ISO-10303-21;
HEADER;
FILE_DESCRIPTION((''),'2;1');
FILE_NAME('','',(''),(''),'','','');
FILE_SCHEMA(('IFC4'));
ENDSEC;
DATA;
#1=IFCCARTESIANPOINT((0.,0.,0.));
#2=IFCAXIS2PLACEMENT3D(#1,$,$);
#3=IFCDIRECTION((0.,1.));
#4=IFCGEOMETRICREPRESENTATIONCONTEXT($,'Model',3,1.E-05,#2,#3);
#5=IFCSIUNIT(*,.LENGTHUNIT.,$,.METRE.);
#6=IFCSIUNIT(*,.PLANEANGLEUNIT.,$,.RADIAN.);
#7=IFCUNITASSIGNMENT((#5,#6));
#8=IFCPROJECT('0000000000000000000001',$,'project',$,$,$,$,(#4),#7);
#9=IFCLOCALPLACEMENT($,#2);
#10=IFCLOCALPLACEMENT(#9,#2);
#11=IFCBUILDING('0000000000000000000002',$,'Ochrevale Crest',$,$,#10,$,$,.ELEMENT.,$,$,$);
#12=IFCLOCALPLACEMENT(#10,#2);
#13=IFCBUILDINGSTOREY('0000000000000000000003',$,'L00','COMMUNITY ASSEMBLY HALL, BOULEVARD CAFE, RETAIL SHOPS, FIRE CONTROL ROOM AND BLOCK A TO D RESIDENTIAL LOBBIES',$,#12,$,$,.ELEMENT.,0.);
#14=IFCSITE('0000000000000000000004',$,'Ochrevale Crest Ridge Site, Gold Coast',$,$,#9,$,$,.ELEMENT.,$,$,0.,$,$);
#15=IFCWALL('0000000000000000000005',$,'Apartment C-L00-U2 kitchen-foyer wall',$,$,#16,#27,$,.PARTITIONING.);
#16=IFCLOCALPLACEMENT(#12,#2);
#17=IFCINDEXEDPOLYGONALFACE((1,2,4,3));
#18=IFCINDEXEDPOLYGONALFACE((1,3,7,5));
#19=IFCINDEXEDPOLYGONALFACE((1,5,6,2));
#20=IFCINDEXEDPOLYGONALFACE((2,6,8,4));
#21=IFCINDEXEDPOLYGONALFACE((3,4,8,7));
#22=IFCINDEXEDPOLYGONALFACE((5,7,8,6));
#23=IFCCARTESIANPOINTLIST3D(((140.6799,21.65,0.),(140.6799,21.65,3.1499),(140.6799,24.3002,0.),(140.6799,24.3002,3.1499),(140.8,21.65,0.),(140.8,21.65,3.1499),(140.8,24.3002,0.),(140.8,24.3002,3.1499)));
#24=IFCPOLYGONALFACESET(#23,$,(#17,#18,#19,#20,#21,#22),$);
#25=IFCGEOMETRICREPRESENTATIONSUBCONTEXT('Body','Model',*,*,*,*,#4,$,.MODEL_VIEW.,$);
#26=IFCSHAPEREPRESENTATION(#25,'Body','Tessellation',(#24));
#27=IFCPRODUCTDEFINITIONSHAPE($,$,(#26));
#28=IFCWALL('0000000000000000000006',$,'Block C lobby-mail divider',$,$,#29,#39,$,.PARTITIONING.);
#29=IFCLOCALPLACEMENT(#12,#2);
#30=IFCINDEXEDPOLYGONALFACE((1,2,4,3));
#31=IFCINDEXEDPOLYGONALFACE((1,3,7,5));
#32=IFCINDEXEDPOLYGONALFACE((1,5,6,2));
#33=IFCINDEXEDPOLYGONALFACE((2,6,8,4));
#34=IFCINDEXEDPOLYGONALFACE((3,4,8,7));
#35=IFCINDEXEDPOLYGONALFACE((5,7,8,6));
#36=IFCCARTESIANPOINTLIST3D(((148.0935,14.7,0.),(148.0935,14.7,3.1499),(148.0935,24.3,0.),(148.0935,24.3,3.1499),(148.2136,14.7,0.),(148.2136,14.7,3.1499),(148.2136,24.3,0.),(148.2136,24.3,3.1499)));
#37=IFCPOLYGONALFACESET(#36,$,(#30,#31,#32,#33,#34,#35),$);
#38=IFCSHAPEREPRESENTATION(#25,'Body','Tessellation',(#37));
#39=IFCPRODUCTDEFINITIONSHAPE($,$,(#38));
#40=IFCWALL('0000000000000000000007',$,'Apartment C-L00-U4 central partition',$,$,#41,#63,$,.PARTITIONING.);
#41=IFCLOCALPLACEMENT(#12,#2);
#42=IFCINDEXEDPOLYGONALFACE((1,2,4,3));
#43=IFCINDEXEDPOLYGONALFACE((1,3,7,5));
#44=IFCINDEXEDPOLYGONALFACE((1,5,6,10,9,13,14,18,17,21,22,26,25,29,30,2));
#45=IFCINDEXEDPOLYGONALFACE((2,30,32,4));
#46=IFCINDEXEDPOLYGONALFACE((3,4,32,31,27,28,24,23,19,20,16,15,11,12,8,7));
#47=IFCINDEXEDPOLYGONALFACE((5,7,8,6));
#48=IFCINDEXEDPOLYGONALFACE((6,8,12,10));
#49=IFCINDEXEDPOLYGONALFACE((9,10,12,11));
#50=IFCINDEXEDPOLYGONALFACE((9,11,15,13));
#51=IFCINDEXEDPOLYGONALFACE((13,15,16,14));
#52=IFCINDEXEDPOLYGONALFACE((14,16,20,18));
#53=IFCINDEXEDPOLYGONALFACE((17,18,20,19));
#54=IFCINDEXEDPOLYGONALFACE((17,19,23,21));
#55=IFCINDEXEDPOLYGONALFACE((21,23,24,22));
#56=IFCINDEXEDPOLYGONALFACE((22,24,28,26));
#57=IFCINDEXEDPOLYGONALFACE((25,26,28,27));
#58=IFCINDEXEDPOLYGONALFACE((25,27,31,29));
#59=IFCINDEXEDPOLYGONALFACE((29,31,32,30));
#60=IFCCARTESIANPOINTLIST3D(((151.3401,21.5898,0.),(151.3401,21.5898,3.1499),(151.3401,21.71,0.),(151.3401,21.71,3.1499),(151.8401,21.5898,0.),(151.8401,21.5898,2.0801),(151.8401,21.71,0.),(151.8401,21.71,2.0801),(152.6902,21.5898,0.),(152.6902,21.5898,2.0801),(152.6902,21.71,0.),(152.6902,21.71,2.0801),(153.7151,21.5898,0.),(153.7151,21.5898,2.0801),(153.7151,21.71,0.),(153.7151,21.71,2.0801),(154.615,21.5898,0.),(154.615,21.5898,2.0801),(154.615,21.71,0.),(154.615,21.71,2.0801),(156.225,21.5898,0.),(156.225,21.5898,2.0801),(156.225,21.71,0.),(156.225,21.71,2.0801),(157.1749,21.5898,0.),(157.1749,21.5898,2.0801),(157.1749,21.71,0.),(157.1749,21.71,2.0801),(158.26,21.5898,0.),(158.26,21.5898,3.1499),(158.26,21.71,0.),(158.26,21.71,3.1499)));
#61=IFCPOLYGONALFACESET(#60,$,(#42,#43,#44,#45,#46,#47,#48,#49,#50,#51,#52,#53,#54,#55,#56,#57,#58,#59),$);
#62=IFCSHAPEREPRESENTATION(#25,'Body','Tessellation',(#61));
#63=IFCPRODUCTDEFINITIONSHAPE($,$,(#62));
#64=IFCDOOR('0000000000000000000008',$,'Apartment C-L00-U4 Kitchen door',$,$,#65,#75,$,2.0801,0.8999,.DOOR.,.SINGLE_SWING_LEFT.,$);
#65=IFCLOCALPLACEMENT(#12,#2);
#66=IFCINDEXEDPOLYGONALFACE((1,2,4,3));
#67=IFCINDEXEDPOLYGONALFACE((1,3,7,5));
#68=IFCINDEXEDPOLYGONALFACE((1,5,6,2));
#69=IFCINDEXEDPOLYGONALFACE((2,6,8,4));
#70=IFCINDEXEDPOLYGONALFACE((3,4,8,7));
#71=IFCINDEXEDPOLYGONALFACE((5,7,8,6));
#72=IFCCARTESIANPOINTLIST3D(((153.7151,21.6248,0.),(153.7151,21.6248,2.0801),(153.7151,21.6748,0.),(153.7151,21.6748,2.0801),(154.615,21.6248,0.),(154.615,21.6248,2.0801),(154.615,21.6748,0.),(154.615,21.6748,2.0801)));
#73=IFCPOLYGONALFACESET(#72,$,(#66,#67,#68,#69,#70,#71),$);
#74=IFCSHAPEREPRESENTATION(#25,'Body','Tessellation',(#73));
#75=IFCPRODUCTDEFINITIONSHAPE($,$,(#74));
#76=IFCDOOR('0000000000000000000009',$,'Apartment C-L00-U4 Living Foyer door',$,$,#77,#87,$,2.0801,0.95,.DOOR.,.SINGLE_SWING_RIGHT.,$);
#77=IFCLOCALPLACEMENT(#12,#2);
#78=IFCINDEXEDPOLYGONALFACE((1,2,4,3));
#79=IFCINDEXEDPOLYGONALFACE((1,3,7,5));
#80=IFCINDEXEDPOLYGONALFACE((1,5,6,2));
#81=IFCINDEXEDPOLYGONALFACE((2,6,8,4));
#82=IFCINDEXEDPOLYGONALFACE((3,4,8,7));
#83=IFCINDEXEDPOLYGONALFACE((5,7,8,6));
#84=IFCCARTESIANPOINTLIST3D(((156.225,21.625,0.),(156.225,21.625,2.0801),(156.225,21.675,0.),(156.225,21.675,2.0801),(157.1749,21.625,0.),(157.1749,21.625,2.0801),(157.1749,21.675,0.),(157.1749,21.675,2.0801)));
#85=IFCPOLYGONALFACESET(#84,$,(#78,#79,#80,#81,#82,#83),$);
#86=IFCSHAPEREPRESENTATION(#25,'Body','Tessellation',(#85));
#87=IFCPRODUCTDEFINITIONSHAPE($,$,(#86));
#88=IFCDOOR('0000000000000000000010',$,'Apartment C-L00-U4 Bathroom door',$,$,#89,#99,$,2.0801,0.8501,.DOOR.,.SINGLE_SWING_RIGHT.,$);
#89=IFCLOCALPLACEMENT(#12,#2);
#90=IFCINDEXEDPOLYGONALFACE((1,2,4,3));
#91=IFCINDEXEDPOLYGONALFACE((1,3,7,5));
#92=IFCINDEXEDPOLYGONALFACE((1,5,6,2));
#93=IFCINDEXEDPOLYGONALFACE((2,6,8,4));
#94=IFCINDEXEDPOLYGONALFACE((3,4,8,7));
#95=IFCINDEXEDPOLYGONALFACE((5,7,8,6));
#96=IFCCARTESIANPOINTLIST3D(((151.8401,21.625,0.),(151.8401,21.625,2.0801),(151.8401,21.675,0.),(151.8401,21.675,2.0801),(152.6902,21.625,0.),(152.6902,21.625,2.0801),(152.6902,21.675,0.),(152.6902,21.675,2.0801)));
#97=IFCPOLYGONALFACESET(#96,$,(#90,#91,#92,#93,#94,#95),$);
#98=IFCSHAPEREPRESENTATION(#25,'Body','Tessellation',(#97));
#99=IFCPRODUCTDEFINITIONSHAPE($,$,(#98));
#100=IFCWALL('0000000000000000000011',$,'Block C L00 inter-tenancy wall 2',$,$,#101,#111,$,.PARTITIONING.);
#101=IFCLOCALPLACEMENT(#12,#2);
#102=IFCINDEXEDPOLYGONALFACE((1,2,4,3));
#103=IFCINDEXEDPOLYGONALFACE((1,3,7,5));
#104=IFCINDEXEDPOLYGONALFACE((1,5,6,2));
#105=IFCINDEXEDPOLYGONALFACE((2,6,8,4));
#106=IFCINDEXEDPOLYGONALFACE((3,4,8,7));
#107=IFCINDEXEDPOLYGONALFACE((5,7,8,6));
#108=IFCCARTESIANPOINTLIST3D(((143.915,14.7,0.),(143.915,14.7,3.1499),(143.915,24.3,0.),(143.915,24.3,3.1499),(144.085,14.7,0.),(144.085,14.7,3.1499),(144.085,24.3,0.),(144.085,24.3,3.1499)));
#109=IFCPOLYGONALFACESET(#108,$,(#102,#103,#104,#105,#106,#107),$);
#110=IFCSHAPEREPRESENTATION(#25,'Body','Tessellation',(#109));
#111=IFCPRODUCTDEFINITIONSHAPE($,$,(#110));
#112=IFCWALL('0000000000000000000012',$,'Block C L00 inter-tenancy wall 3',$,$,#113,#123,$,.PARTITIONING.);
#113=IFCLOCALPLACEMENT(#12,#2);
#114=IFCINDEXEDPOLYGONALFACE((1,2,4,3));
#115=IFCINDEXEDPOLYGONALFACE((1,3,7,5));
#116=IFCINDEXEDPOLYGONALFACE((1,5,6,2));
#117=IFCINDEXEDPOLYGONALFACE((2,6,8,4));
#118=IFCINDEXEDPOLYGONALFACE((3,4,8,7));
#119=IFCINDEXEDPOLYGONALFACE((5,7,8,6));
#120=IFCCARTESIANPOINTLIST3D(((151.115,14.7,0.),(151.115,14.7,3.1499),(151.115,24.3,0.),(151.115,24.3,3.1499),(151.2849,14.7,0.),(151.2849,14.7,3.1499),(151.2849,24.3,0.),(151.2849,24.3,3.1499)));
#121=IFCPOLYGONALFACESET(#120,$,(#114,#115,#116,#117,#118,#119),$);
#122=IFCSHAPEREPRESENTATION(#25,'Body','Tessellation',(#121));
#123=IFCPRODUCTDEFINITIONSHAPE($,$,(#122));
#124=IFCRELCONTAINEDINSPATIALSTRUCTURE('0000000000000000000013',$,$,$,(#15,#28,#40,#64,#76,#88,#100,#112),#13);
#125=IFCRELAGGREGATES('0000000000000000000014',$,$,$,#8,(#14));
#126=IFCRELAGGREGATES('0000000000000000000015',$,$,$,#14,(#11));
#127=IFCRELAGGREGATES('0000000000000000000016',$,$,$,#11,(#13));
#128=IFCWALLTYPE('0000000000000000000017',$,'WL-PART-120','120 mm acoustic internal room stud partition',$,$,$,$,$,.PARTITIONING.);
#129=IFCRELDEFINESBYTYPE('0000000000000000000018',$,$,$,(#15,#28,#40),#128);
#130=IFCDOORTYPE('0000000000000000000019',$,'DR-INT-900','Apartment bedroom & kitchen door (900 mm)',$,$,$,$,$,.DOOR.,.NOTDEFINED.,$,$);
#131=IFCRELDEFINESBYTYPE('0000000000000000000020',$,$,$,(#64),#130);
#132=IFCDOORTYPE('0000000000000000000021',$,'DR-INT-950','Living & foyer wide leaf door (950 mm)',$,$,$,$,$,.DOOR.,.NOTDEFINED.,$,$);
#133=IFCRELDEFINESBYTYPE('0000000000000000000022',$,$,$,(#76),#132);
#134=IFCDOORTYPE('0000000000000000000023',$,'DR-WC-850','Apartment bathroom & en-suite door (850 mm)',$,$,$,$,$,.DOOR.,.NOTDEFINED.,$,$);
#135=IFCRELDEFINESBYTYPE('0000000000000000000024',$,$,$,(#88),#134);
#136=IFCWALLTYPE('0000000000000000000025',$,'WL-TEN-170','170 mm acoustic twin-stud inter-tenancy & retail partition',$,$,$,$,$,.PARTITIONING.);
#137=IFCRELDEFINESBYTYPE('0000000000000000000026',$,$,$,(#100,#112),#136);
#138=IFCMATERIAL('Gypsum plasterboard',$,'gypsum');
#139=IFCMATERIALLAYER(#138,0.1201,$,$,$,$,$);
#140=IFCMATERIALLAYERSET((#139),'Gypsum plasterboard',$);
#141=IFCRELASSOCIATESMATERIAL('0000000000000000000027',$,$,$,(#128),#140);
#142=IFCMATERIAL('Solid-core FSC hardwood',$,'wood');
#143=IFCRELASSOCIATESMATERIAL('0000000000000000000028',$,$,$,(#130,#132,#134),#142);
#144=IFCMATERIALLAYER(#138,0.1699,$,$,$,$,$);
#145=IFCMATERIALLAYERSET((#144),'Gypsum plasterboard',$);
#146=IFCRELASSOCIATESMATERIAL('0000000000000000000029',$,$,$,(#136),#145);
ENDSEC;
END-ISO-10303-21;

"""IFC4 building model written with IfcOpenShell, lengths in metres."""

from ifc_helpers import new_model, si_unit, direction, frame, frame_2d, origin, place, context, subcontext, project, spatial, rectangle, extrude, material, layer, layer_set, type_object, element, fill, save


model = new_model("IFC4")

# Units and contexts
model_context = context("Model", 3, precision=1e-05, world=origin(), true_north=direction((0.0, 1.0)))
body_context = subcontext(model_context, "Body", "Model", "MODEL_VIEW")
ifc_project = project(units=[si_unit("LENGTHUNIT", "METRE"), si_unit("PLANEANGLEUNIT", "RADIAN")], contexts=[model_context])

# Site, building, storey
site_placement = place(None, origin())
site = spatial("IfcSite", under=ifc_project, at=site_placement, Name="Ochrevale Crest Ridge Site, Gold Coast", CompositionType="ELEMENT", RefElevation=0.0)
building_placement = place(site_placement, origin())
building = spatial("IfcBuilding", under=site, at=building_placement, Name="Ochrevale Crest", CompositionType="ELEMENT")
storey_placement = place(building_placement, origin())
storey = spatial("IfcBuildingStorey", under=building, at=storey_placement, Name="L00", Description="COMMUNITY ASSEMBLY HALL, BOULEVARD CAFE, RETAIL SHOPS, FIRE CONTROL ROOM AND BLOCK A TO D RESIDENTIAL LOBBIES", CompositionType="ELEMENT", Elevation=0.0)

# Shared definitions
ifc_material_1 = material(Name="Gypsum plasterboard", Category="gypsum")
ifc_material_2 = material(Name="Solid-core FSC hardwood", Category="wood")

# Walls
ifc_layer_1 = layer(ifc_material_1, 0.1201)
ifc_layer_set_1 = layer_set([ifc_layer_1], Name="Gypsum plasterboard")
wall_type_1 = type_object("IfcWallType", Name="WL-PART-120", Description="120 mm acoustic internal room stud partition", PredefinedType="PARTITIONING", material=ifc_layer_set_1)
wall_1_placement = place(storey_placement, frame((140.74, 21.6499, 0.0), z_axis=(0.0, 0.0, 1.0), x_axis=(0.0, 1.0, 0.0)))
element("IfcWall", 1, at=wall_1_placement, inside=storey, type_object=wall_type_1, Name="Apartment C-L00-U2 kitchen-foyer wall", PredefinedType="PARTITIONING", context=body_context, shape_type="SweptSolid", body=[
    extrude(rectangle(XDim=2.6501, YDim=0.1201, at=frame_2d((1.3252, 0.0))), origin(), (0.0, 0.0, 1.0), 3.1499),
])
wall_2_placement = place(storey_placement, frame((148.1536, 14.7, 0.0), z_axis=(0.0, 0.0, 1.0), x_axis=(0.0, 1.0, 0.0)))
element("IfcWall", 2, at=wall_2_placement, inside=storey, type_object=wall_type_1, Name="Block C lobby-mail divider", PredefinedType="PARTITIONING", context=body_context, shape_type="SweptSolid", body=[
    extrude(rectangle(XDim=9.6001, YDim=0.1201, at=frame_2d((4.8, 0.0))), origin(), (0.0, 0.0, 1.0), 3.1499),
])

# Wall, openings, doors
wall_3_placement = place(storey_placement, frame((151.3401, 21.6499, 0.0), z_axis=(0.0, 0.0, 1.0), x_axis=(1.0, 0.0, 0.0)))
wall_3 = element("IfcWall", 3, at=wall_3_placement, inside=storey, type_object=wall_type_1, Name="Apartment C-L00-U4 central partition", PredefinedType="PARTITIONING", context=body_context, shape_type="SweptSolid", body=[
    extrude(rectangle(XDim=6.9199, YDim=0.1201, at=frame_2d((3.46, 0.0))), origin(), (0.0, 0.0, 1.0), 3.1499),
])
opening_1_placement = place(wall_3_placement, frame((1.3501, 0.0, 0.0), z_axis=(0.0, 0.0, 1.0), x_axis=(-1.0, 0.0, 0.0)))
opening_1 = element("IfcOpeningElement", 4, at=opening_1_placement, cuts=wall_3, PredefinedType="OPENING", context=body_context, shape_type="SweptSolid", body=[
    extrude(rectangle(XDim=0.8501, YDim=2.0801, at=frame_2d((0.425, 1.04))), frame((0.0, 0.0701, 0.0), z_axis=(0.0, -1.0, 0.0), x_axis=(1.0, 0.0, 0.0)), (0.0, 0.0, 1.0), 0.1401),
])
opening_2_placement = place(wall_3_placement, frame((2.375, 0.0, 0.0)))
opening_2 = element("IfcOpeningElement", 5, at=opening_2_placement, cuts=wall_3, PredefinedType="OPENING", context=body_context, shape_type="SweptSolid", body=[
    extrude(rectangle(XDim=0.8999, YDim=2.0801, at=frame_2d((0.45, 1.04))), frame((0.0, 0.0701, 0.0), z_axis=(0.0, -1.0, 0.0), x_axis=(1.0, 0.0, 0.0)), (0.0, 0.0, 1.0), 0.1401),
])
opening_3_placement = place(wall_3_placement, frame((5.835, 0.0, 0.0), z_axis=(0.0, 0.0, 1.0), x_axis=(-1.0, 0.0, 0.0)))
opening_3 = element("IfcOpeningElement", 6, at=opening_3_placement, cuts=wall_3, PredefinedType="OPENING", context=body_context, shape_type="SweptSolid", body=[
    extrude(rectangle(XDim=0.95, YDim=2.0801, at=frame_2d((0.4751, 1.04))), frame((0.0, 0.0701, 0.0), z_axis=(0.0, -1.0, 0.0), x_axis=(1.0, 0.0, 0.0)), (0.0, 0.0, 1.0), 0.1401),
])
door_type_1 = type_object("IfcDoorType", Name="DR-INT-900", Description="Apartment bedroom & kitchen door (900 mm)", OperationType="NOTDEFINED", PredefinedType="DOOR", material=ifc_material_2)
door_1_placement = place(opening_2_placement, origin())
door_1 = element("IfcDoor", 7, at=door_1_placement, inside=storey, type_object=door_type_1, Name="Apartment C-L00-U4 Kitchen door", OperationType="SINGLE_SWING_LEFT", OverallHeight=2.0801, OverallWidth=0.8999, PredefinedType="DOOR", context=body_context, shape_type="SweptSolid", body=[
    extrude(rectangle(XDim=0.8999, YDim=2.0801, at=frame_2d((0.45, 1.04))), frame((0.0, 0.0249, 0.0), z_axis=(0.0, -1.0, 0.0), x_axis=(1.0, 0.0, 0.0)), (0.0, 0.0, 1.0), 0.05),
])
fill(opening_2, door_1)
door_type_2 = type_object("IfcDoorType", Name="DR-INT-950", Description="Living & foyer wide leaf door (950 mm)", OperationType="NOTDEFINED", PredefinedType="DOOR", material=ifc_material_2)
door_2_placement = place(opening_3_placement, origin())
door_2 = element("IfcDoor", 8, at=door_2_placement, inside=storey, type_object=door_type_2, Name="Apartment C-L00-U4 Living Foyer door", OperationType="SINGLE_SWING_RIGHT", OverallHeight=2.0801, OverallWidth=0.95, PredefinedType="DOOR", context=body_context, shape_type="SweptSolid", body=[
    extrude(rectangle(XDim=0.95, YDim=2.0801, at=frame_2d((0.4751, 1.04))), frame((0.0, 0.0249, 0.0), z_axis=(0.0, -1.0, 0.0), x_axis=(1.0, 0.0, 0.0)), (0.0, 0.0, 1.0), 0.05),
])
fill(opening_3, door_2)
door_type_3 = type_object("IfcDoorType", Name="DR-WC-850", Description="Apartment bathroom & en-suite door (850 mm)", OperationType="NOTDEFINED", PredefinedType="DOOR", material=ifc_material_2)
door_3_placement = place(opening_1_placement, origin())
door_3 = element("IfcDoor", 9, at=door_3_placement, inside=storey, type_object=door_type_3, Name="Apartment C-L00-U4 Bathroom door", OperationType="SINGLE_SWING_RIGHT", OverallHeight=2.0801, OverallWidth=0.8501, PredefinedType="DOOR", context=body_context, shape_type="SweptSolid", body=[
    extrude(rectangle(XDim=0.8501, YDim=2.0801, at=frame_2d((0.425, 1.04))), frame((0.0, 0.0249, 0.0), z_axis=(0.0, -1.0, 0.0), x_axis=(1.0, 0.0, 0.0)), (0.0, 0.0, 1.0), 0.05),
])
fill(opening_1, door_3)

# Walls
ifc_layer_2 = layer(ifc_material_1, 0.1699)
ifc_layer_set_2 = layer_set([ifc_layer_2], Name="Gypsum plasterboard")
wall_type_2 = type_object("IfcWallType", Name="WL-TEN-170", Description="170 mm acoustic twin-stud inter-tenancy & retail partition", PredefinedType="PARTITIONING", material=ifc_layer_set_2)
for number, where, z_axis, x_axis, name in (
    (10, (144.0, 14.7, 0.0), (0.0, 0.0, 1.0), (0.0, 1.0, 0.0), "Block C L00 inter-tenancy wall 2"),
    (11, (151.2, 14.7, 0.0), (0.0, 0.0, 1.0), (0.0, 1.0, 0.0), "Block C L00 inter-tenancy wall 3"),
):
    element("IfcWall", number, at=place(storey_placement, frame(where, z_axis=z_axis, x_axis=x_axis)), inside=storey, type_object=wall_type_2, Name=name, PredefinedType="PARTITIONING", context=body_context, shape_type="SweptSolid", body=[
        extrude(rectangle(XDim=9.6001, YDim=0.1699, at=frame_2d((4.8, 0.0))), origin(), (0.0, 0.0, 1.0), 3.1499),
    ])

save(model, "model.ifc")
